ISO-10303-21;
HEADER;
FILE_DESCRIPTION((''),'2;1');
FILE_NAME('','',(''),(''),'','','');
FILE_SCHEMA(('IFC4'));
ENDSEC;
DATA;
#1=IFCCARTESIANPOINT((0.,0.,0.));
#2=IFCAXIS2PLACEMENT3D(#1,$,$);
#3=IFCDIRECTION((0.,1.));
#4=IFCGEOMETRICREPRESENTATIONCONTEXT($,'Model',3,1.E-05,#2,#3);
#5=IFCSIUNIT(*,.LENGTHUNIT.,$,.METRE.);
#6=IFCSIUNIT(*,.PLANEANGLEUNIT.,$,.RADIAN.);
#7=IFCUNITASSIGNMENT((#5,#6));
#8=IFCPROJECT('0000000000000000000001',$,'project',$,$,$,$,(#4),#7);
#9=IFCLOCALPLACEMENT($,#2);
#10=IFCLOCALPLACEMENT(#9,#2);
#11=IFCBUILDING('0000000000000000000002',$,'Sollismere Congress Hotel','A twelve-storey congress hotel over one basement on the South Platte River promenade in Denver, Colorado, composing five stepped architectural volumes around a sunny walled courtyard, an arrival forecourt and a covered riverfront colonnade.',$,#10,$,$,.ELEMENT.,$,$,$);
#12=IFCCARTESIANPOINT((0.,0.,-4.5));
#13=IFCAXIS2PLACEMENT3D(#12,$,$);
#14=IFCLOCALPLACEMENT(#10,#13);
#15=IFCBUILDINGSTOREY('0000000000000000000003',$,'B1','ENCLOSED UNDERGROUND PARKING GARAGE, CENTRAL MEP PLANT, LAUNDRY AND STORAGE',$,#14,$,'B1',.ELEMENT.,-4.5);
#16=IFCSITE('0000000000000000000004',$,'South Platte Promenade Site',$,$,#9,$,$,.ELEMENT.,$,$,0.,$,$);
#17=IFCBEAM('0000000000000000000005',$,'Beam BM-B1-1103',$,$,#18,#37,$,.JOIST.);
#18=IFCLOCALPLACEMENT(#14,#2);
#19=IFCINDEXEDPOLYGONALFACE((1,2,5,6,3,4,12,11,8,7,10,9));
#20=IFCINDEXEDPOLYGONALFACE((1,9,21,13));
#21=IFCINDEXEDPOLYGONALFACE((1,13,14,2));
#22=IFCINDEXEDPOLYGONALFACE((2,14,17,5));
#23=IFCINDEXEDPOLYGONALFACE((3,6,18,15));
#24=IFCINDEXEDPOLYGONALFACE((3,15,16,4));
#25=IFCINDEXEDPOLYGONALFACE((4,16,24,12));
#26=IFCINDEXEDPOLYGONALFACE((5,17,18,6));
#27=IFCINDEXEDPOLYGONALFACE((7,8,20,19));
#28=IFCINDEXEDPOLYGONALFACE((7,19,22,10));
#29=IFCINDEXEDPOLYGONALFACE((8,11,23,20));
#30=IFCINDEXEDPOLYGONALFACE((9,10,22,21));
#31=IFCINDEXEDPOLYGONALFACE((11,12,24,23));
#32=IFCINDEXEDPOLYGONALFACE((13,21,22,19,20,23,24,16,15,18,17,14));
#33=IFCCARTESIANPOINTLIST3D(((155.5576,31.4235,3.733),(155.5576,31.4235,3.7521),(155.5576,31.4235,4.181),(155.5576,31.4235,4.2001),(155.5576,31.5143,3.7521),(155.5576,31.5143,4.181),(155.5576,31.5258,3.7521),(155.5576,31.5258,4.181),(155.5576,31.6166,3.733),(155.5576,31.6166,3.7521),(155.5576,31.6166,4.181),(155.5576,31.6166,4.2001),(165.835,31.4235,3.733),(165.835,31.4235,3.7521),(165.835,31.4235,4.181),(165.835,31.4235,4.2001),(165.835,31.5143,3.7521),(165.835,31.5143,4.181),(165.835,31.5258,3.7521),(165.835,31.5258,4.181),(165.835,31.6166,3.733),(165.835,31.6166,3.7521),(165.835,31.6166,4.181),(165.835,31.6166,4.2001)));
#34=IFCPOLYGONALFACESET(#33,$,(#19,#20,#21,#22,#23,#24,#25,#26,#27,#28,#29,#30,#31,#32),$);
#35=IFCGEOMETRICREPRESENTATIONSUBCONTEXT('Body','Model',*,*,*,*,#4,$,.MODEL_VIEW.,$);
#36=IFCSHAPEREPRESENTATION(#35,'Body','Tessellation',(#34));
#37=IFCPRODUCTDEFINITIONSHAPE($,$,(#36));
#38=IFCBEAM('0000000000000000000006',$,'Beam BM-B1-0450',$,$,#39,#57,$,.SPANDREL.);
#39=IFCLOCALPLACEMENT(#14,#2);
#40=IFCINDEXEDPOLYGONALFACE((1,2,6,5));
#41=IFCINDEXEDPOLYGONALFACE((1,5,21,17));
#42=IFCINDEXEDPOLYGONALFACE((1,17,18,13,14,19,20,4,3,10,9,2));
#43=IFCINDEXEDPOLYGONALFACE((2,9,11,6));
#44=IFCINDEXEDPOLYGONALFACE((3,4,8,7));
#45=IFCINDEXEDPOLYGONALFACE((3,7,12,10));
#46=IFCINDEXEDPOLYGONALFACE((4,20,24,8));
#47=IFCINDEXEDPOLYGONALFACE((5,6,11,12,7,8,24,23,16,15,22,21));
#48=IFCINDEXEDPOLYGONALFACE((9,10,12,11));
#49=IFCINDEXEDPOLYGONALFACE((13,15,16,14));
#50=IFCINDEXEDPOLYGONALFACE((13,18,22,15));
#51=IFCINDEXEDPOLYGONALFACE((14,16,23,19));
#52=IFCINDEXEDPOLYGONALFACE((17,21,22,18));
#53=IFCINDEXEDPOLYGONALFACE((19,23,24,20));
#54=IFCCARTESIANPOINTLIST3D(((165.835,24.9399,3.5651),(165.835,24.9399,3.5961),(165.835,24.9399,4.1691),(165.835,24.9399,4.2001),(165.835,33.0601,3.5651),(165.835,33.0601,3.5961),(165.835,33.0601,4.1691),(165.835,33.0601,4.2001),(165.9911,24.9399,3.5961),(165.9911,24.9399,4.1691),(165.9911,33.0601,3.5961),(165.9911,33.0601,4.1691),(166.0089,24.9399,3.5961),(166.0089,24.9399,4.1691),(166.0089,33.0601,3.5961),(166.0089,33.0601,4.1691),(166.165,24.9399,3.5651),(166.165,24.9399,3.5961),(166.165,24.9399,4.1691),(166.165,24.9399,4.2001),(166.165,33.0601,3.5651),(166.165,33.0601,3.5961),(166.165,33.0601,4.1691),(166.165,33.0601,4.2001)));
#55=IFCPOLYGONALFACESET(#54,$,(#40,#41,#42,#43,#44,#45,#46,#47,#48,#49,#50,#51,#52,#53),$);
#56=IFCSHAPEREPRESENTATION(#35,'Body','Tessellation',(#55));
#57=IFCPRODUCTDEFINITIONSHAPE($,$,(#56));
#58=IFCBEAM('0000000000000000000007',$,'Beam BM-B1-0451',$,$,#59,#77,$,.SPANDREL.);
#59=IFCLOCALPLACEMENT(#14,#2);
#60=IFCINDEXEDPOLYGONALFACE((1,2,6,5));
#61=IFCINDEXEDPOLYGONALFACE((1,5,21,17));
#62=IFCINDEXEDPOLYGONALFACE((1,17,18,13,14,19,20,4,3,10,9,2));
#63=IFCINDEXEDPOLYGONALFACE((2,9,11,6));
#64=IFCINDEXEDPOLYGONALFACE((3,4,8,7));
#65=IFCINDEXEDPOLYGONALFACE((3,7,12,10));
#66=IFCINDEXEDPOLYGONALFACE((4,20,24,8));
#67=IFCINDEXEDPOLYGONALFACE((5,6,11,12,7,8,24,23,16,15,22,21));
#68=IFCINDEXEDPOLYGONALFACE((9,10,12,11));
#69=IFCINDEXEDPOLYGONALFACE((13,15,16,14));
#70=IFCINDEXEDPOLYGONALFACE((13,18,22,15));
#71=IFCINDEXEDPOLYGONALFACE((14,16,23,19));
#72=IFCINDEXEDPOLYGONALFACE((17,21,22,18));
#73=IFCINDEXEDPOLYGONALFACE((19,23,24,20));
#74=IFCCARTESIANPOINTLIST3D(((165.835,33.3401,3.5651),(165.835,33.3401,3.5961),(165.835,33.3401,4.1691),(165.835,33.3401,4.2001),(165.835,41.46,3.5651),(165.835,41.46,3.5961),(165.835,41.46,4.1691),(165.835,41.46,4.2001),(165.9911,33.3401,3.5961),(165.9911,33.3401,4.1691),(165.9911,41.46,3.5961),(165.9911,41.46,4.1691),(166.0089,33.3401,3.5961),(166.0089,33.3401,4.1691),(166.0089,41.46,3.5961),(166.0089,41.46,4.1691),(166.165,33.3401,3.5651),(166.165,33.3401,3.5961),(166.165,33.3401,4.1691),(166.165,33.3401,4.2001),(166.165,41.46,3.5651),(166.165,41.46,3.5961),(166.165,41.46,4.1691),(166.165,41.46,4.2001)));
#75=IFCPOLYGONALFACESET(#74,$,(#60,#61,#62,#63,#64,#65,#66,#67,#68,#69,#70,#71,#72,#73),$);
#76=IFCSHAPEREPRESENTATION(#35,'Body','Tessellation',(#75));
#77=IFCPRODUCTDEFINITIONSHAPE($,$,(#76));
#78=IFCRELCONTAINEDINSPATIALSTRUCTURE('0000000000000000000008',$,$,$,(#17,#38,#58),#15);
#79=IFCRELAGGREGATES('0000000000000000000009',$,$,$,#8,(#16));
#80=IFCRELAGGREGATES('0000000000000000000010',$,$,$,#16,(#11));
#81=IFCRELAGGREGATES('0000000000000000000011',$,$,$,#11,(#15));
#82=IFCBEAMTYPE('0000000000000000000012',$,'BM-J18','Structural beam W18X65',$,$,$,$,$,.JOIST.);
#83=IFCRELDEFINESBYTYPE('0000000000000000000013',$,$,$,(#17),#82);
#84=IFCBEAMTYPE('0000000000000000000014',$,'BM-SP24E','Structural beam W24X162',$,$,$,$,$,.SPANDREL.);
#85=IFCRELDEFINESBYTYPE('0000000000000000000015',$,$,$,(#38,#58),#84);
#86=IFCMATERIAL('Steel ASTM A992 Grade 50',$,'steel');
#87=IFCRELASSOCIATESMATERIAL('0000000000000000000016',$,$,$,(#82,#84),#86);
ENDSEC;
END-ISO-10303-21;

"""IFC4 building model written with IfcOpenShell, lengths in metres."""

from ifc_helpers import new_model, si_unit, direction, frame, origin, origin_2d, place, context, subcontext, project, spatial, i_section, extrude, material, material_profile, profile_set, type_object, element, save


model = new_model("IFC4")

# Units and contexts
model_context = context("Model", 3, precision=1e-05, world=origin(), true_north=direction((0.0, 1.0)))
body_context = subcontext(model_context, "Body", "Model", "MODEL_VIEW")
ifc_project = project(units=[si_unit("LENGTHUNIT", "METRE"), si_unit("PLANEANGLEUNIT", "RADIAN")], contexts=[model_context])

# Site, building, storey
site_placement = place(None, origin())
site = spatial("IfcSite", under=ifc_project, at=site_placement, Name="South Platte Promenade Site", CompositionType="ELEMENT", RefElevation=0.0)
building_placement = place(site_placement, origin())
building = spatial("IfcBuilding", under=site, at=building_placement, Name="Sollismere Congress Hotel", Description="A twelve-storey congress hotel over one basement on the South Platte River promenade in Denver, Colorado, composing five stepped architectural volumes around a sunny walled courtyard, an arrival forecourt and a covered riverfront colonnade.", CompositionType="ELEMENT")
storey_placement = place(building_placement, frame((0.0, 0.0, -4.5)))
storey = spatial("IfcBuildingStorey", under=building, at=storey_placement, Name="B1", Description="ENCLOSED UNDERGROUND PARKING GARAGE, CENTRAL MEP PLANT, LAUNDRY AND STORAGE", LongName="B1", CompositionType="ELEMENT", Elevation=-4.5)

# Beams
ifc_material_1 = material(Name="Steel ASTM A992 Grade 50", Category="steel")
ifc_material_profile_1 = material_profile(ifc_material_1, i_section(OverallWidth=0.1931, OverallDepth=0.467, WebThickness=0.0115, FlangeThickness=0.019, at=origin_2d()), Name="W18X65")
ifc_profile_set_1 = profile_set([ifc_material_profile_1], Name="Steel ASTM A992 Grade 50")
beam_type_1 = type_object("IfcBeamType", Name="BM-J18", Description="Structural beam W18X65", PredefinedType="JOIST", material=ifc_profile_set_1)
for number, where, z_axis, x_axis, name in (
    (1, (155.5576, 31.52, 3.9666), (1.0, 0.0, 0.0), (0.0, 1.0, 0.0), "Beam BM-B1-1103"),
):
    element("IfcBeam", number, at=place(storey_placement, frame(where, z_axis=z_axis, x_axis=x_axis)), inside=storey, type_object=beam_type_1, Name=name, PredefinedType="JOIST", context=body_context, shape_type="SweptSolid", body=[
        extrude(i_section(OverallWidth=0.1931, OverallDepth=0.467, WebThickness=0.0115, FlangeThickness=0.019, at=origin_2d()), origin(), (0.0, 0.0, 1.0), 10.2773),
    ])
ifc_material_profile_2 = material_profile(ifc_material_1, i_section(OverallWidth=0.3301, OverallDepth=0.635, WebThickness=0.0178, FlangeThickness=0.031, at=origin_2d()), Name="W24X162")
ifc_profile_set_2 = profile_set([ifc_material_profile_2], Name="Steel ASTM A992 Grade 50")
beam_type_2 = type_object("IfcBeamType", Name="BM-SP24E", Description="Structural beam W24X162", PredefinedType="SPANDREL", material=ifc_profile_set_2)
beam_1_placement = place(storey_placement, frame((166.0, 24.9399, 3.8826), z_axis=(0.0, 1.0, 0.0), x_axis=(-1.0, 0.0, 0.0)))
element("IfcBeam", 2, at=beam_1_placement, inside=storey, type_object=beam_type_2, Name="Beam BM-B1-0450", PredefinedType="SPANDREL", context=body_context, shape_type="SweptSolid", body=[
    extrude(i_section(OverallWidth=0.3301, OverallDepth=0.635, WebThickness=0.0178, FlangeThickness=0.031, at=origin_2d()), origin(), (0.0, 0.0, 1.0), 8.1201),
])
beam_2_placement = place(storey_placement, frame((166.0, 33.3401, 3.8826), z_axis=(0.0, 1.0, 0.0), x_axis=(-1.0, 0.0, 0.0)))
element("IfcBeam", 3, at=beam_2_placement, inside=storey, type_object=beam_type_2, Name="Beam BM-B1-0451", PredefinedType="SPANDREL", context=body_context, shape_type="SweptSolid", body=[
    extrude(i_section(OverallWidth=0.3301, OverallDepth=0.635, WebThickness=0.0178, FlangeThickness=0.031, at=origin_2d()), origin(), (0.0, 0.0, 1.0), 8.1199),
])

save(model, "model.ifc")
